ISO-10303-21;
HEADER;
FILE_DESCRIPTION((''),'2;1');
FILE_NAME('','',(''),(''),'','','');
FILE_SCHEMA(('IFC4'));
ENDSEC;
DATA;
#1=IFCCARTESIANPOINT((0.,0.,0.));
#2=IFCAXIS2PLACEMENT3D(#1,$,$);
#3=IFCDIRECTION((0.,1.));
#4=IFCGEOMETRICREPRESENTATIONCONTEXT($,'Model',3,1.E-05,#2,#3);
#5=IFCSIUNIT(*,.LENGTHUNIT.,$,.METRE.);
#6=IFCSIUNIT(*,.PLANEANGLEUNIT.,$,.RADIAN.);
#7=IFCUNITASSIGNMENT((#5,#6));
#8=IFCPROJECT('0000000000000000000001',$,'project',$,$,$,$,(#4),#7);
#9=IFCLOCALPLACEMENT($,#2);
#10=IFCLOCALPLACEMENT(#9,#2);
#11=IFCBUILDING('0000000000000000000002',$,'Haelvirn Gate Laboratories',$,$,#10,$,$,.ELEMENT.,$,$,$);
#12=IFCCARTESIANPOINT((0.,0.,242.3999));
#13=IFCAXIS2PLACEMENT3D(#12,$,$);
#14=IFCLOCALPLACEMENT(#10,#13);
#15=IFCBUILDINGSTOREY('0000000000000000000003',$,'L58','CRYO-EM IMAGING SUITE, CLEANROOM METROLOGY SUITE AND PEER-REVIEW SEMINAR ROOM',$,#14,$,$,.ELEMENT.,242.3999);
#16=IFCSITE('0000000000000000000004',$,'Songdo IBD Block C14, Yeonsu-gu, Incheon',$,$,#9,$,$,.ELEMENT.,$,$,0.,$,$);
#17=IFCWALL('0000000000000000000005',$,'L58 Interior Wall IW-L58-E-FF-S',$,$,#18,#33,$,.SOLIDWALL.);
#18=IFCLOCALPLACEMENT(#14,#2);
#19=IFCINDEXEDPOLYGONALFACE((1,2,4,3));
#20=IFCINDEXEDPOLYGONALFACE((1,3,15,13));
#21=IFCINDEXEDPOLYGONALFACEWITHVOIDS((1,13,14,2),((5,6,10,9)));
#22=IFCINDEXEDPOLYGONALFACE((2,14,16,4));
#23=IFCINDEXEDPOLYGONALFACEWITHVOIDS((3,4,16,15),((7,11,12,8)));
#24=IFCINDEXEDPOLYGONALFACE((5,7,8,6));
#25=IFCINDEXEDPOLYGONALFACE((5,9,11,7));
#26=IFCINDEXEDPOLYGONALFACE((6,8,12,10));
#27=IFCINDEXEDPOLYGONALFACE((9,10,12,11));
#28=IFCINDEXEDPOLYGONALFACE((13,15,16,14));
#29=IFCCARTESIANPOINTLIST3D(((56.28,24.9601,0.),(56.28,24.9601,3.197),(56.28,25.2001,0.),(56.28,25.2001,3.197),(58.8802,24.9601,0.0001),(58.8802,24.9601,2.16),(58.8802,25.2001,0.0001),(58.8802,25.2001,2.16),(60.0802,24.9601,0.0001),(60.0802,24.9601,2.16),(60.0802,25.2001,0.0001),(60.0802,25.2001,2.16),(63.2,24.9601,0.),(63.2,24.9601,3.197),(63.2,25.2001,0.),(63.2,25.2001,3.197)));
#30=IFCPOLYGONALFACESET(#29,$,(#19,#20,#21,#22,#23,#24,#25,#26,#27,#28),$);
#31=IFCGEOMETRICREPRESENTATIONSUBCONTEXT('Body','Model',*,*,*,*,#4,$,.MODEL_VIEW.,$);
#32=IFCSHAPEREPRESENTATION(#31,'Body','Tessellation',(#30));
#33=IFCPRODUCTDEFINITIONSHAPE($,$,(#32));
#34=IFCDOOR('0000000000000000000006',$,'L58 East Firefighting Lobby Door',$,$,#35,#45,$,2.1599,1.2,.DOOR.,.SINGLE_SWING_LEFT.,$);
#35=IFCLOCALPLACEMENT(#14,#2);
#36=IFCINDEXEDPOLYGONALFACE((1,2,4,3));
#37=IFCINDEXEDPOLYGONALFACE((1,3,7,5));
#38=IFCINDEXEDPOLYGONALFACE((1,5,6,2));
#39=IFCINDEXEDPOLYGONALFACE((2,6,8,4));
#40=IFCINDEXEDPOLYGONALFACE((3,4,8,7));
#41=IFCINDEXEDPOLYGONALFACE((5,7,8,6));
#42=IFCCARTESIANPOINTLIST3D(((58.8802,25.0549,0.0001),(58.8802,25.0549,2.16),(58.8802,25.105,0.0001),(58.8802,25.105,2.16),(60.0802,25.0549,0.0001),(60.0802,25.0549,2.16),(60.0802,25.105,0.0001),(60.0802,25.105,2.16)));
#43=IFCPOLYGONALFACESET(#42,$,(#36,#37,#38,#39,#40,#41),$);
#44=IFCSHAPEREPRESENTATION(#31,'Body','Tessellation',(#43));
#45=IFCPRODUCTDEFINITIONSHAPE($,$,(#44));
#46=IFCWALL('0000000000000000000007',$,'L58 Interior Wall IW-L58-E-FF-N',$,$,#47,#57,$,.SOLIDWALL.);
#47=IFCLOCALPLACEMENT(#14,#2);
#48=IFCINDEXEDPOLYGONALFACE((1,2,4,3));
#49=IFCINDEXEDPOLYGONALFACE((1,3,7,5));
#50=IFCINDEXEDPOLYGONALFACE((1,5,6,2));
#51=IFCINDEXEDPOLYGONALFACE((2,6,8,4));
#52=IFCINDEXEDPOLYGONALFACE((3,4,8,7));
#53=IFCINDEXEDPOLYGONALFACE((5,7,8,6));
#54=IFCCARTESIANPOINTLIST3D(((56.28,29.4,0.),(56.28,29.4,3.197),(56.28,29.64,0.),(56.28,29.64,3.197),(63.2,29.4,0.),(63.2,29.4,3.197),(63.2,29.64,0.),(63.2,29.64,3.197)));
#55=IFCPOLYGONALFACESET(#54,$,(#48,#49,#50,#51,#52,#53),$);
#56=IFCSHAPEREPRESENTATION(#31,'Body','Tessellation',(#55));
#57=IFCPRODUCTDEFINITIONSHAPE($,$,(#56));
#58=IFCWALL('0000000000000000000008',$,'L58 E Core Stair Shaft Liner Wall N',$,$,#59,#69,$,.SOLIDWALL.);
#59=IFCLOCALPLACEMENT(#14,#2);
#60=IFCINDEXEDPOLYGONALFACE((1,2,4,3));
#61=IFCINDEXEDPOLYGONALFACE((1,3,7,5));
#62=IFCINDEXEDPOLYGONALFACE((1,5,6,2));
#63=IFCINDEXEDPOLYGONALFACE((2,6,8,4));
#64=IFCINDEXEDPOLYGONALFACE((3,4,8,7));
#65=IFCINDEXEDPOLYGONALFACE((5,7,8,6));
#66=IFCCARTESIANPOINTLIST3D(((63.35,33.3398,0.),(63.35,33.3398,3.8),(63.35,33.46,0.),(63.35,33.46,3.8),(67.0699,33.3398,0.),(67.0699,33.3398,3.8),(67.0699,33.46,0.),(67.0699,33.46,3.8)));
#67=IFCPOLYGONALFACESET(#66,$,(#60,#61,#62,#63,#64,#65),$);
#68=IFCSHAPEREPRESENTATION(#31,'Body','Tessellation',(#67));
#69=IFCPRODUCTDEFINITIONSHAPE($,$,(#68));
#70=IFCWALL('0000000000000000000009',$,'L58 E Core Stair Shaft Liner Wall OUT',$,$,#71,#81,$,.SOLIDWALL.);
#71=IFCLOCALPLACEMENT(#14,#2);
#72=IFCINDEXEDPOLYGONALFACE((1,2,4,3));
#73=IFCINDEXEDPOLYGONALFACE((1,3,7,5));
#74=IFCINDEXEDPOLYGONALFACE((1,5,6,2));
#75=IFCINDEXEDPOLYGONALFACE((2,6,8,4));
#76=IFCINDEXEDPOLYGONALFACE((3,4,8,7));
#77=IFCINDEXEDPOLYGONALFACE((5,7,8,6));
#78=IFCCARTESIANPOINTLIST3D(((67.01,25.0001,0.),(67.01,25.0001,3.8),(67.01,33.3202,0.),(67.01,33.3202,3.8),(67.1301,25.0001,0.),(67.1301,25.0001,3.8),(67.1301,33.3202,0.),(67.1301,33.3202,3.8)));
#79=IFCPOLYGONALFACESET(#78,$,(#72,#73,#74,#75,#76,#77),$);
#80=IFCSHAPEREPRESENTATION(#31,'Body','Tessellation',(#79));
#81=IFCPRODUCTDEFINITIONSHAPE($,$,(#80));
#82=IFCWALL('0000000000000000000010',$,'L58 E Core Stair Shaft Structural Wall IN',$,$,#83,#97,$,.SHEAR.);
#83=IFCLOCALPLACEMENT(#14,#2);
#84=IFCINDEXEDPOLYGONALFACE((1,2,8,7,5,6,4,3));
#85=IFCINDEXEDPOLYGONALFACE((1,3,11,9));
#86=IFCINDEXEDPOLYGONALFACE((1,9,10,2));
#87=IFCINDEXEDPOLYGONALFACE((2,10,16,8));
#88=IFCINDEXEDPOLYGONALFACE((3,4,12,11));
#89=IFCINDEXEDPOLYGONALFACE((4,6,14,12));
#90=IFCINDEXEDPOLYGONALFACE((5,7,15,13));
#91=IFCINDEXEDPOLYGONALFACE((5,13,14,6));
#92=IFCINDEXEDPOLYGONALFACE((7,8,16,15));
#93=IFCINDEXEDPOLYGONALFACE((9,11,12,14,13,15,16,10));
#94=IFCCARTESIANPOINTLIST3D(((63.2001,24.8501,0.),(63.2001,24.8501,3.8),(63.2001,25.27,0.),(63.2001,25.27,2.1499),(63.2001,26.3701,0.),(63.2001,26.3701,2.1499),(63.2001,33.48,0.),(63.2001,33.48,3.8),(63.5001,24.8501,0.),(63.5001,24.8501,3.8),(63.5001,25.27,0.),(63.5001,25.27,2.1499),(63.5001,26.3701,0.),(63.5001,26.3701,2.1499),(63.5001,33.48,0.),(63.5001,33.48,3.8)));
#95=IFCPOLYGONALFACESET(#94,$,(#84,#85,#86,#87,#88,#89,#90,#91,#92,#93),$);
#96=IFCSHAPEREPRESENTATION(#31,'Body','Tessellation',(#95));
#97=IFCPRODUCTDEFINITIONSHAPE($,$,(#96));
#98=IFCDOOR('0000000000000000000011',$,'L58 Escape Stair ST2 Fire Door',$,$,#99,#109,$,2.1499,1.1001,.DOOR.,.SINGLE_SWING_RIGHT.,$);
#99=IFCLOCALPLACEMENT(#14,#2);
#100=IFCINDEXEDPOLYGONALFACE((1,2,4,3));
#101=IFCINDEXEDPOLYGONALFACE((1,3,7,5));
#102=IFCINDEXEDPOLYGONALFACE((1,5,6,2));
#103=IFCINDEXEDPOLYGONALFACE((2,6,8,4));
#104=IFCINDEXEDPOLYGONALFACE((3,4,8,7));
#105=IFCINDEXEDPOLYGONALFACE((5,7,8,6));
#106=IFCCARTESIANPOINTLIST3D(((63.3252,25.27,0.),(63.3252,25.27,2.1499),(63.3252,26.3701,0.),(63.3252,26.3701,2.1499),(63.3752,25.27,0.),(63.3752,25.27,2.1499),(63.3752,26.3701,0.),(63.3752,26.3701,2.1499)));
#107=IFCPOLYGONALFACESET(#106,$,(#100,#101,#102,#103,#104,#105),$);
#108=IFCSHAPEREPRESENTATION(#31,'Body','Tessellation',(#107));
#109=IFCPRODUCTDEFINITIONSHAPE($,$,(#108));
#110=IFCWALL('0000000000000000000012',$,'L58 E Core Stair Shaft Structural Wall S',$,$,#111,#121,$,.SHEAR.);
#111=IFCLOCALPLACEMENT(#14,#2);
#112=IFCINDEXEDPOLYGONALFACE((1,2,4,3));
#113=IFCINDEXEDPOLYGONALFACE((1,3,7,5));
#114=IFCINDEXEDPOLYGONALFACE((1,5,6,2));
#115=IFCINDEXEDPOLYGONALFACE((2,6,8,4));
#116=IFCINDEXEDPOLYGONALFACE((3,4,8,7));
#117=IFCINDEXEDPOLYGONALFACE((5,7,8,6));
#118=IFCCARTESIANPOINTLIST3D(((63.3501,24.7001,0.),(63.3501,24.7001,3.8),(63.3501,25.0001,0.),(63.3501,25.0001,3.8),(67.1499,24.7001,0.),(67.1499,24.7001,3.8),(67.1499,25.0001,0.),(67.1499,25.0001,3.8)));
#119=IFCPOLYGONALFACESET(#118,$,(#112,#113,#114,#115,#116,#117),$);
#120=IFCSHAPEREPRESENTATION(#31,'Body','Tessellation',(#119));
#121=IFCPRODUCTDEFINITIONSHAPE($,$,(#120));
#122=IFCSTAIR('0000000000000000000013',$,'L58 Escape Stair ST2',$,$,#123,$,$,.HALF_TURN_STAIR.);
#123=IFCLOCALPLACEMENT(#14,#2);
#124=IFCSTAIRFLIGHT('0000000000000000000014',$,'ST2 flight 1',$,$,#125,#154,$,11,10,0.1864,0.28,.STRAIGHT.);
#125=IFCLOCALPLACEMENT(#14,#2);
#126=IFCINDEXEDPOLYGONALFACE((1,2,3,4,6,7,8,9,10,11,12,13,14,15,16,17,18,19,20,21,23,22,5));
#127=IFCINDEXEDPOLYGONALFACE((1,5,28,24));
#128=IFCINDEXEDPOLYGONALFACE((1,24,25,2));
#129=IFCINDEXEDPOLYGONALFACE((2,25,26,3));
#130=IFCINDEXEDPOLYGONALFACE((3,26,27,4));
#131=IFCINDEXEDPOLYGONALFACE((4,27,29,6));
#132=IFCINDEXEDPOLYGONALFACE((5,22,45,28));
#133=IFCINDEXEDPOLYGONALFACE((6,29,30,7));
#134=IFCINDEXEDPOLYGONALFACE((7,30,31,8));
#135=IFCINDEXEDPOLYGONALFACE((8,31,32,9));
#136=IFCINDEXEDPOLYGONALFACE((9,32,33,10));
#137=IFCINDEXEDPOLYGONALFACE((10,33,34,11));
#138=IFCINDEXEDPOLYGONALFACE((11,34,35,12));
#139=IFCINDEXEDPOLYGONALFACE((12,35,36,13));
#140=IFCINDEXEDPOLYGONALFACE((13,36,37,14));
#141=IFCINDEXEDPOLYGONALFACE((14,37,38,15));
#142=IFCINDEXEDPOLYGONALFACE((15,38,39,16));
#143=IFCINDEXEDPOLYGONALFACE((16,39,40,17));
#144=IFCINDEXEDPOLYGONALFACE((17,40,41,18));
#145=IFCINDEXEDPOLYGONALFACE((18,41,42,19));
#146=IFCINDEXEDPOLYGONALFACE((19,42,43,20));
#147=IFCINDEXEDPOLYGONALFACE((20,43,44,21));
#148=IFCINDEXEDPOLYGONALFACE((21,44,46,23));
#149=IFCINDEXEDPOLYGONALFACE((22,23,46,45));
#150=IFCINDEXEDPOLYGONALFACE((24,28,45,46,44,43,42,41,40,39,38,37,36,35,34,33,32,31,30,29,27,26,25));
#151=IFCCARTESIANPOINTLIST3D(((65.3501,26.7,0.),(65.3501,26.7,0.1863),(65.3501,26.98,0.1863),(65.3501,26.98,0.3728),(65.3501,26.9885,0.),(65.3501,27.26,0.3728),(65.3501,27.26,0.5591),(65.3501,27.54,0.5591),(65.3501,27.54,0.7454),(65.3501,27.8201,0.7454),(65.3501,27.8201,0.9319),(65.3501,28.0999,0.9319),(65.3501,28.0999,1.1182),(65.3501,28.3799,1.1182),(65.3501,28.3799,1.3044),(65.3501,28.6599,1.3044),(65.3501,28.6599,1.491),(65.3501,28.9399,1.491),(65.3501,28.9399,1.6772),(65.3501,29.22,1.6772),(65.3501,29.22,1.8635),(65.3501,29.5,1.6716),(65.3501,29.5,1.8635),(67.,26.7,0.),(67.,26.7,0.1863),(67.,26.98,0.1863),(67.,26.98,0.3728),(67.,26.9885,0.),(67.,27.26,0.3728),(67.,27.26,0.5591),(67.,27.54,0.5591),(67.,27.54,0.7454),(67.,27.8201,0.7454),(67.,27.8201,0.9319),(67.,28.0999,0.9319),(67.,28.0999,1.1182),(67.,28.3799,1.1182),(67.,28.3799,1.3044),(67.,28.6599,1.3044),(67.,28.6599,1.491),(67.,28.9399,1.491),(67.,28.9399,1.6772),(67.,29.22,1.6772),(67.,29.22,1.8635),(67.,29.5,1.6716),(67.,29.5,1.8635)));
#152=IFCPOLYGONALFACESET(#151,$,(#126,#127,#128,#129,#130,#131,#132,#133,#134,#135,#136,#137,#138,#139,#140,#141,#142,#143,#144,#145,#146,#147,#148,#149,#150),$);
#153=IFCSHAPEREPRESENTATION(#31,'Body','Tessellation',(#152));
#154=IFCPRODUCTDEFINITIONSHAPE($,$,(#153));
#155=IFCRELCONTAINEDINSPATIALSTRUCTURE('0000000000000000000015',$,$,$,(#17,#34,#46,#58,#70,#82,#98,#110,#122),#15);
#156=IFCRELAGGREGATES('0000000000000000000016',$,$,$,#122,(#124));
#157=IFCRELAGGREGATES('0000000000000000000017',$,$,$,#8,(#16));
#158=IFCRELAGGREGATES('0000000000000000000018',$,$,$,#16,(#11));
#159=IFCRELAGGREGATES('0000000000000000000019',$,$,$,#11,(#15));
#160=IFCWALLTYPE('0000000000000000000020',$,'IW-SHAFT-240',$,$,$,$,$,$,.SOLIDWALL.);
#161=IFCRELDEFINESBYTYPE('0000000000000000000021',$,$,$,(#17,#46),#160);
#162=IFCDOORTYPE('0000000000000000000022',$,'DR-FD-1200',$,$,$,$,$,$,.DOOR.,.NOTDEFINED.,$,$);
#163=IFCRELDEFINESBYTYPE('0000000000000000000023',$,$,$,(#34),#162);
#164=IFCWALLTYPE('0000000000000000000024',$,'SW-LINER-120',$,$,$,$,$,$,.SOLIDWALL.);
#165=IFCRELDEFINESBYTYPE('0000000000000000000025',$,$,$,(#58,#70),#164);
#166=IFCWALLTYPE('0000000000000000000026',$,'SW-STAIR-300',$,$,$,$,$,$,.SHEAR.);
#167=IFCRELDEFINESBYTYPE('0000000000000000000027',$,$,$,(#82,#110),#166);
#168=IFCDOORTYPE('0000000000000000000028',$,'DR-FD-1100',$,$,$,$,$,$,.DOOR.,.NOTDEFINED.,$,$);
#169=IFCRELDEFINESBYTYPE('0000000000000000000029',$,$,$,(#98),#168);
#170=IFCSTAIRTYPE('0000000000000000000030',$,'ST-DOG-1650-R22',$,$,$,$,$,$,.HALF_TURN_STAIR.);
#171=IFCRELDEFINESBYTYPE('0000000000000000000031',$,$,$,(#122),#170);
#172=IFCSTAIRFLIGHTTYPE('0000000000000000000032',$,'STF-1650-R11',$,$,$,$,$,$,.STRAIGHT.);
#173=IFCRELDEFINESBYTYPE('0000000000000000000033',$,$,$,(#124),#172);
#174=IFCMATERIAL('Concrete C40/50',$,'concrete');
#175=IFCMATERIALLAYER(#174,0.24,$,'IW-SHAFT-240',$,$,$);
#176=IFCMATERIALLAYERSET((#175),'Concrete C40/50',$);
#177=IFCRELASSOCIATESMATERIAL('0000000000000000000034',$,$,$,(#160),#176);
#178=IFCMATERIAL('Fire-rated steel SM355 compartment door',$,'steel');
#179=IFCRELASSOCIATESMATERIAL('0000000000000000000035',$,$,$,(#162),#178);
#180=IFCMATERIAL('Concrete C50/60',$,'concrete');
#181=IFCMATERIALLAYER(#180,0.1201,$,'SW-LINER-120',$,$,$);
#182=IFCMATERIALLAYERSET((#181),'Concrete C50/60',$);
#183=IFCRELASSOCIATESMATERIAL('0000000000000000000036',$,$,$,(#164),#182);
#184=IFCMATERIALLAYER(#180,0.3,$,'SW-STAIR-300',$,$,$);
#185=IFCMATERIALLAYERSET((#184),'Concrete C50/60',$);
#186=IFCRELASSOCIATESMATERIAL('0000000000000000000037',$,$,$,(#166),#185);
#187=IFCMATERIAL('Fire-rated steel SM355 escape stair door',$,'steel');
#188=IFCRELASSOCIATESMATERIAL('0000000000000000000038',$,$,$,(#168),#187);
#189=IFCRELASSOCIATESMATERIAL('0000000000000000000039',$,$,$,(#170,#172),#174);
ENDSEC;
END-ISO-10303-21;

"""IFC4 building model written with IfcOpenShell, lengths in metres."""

from ifc_helpers import new_model, si_unit, direction, frame, frame_2d, origin, place, context, subcontext, project, spatial, polyline, rectangle, outline, extrude, source, transform, mapped, material, layer, layer_set, type_object, type_shapes, element, fill, aggregate, save


model = new_model("IFC4")

# Units and contexts
model_context = context("Model", 3, precision=1e-05, world=origin(), true_north=direction((0.0, 1.0)))
body_context = subcontext(model_context, "Body", "Model", "MODEL_VIEW")
ifc_project = project(units=[si_unit("LENGTHUNIT", "METRE"), si_unit("PLANEANGLEUNIT", "RADIAN")], contexts=[model_context])

# Site, building, storey
site_placement = place(None, origin())
site = spatial("IfcSite", under=ifc_project, at=site_placement, Name="Songdo IBD Block C14, Yeonsu-gu, Incheon", CompositionType="ELEMENT", RefElevation=0.0)
building_placement = place(site_placement, origin())
building = spatial("IfcBuilding", under=site, at=building_placement, Name="Haelvirn Gate Laboratories", CompositionType="ELEMENT")
storey_placement = place(building_placement, frame((0.0, 0.0, 242.3999)))
storey = spatial("IfcBuildingStorey", under=building, at=storey_placement, Name="L58", Description="CRYO-EM IMAGING SUITE, CLEANROOM METROLOGY SUITE AND PEER-REVIEW SEMINAR ROOM", CompositionType="ELEMENT", Elevation=242.3999)

# Wall, opening, door
ifc_material_1 = material(Name="Concrete C40/50", Category="concrete")
ifc_layer_1 = layer(ifc_material_1, 0.24, Name="IW-SHAFT-240")
ifc_layer_set_1 = layer_set([ifc_layer_1], Name="Concrete C40/50")
wall_type_1 = type_object("IfcWallType", Name="IW-SHAFT-240", PredefinedType="SOLIDWALL", material=ifc_layer_set_1)
wall_1_placement = place(storey_placement, frame((56.28, 25.0801, 0.0), z_axis=(0.0, 0.0, 1.0), x_axis=(1.0, 0.0, 0.0)))
wall_1 = element("IfcWall", 1, at=wall_1_placement, inside=storey, type_object=wall_type_1, Name="L58 Interior Wall IW-L58-E-FF-S", PredefinedType="SOLIDWALL", context=body_context, shape_type="SweptSolid", body=[
    extrude(rectangle(XDim=6.9199, YDim=0.24, at=frame_2d((3.46, 0.0))), origin(), (0.0, 0.0, 1.0), 3.197),
])
opening_1_placement = place(wall_1_placement, frame((2.6001, 0.0, 0.0)))
opening_1 = element("IfcOpeningElement", 2, at=opening_1_placement, cuts=wall_1, PredefinedType="OPENING", context=body_context, shape_type="SweptSolid", body=[
    extrude(rectangle(XDim=1.2, YDim=2.1599, at=frame_2d((0.6001, 1.0801))), frame((0.0, 0.1299, 0.0), z_axis=(0.0, -1.0, 0.0), x_axis=(1.0, 0.0, 0.0)), (0.0, 0.0, 1.0), 0.26),
])
ifc_material_2 = material(Name="Fire-rated steel SM355 compartment door", Category="steel")
door_type_1 = type_object("IfcDoorType", Name="DR-FD-1200", OperationType="NOTDEFINED", PredefinedType="DOOR", material=ifc_material_2)
shared_shape_1 = source(origin(), body_context, "Body", "SweptSolid", [
    extrude(rectangle(XDim=1.2, YDim=2.1599, at=frame_2d((0.6001, 1.0801))), frame((0.0, 0.0249, 0.0), z_axis=(0.0, -1.0, 0.0), x_axis=(1.0, 0.0, 0.0)), (0.0, 0.0, 1.0), 0.05),
])
type_shapes(door_type_1, [shared_shape_1])
door_1_placement = place(opening_1_placement, origin())
door_1 = element("IfcDoor", 3, at=door_1_placement, inside=storey, type_object=door_type_1, Name="L58 East Firefighting Lobby Door", OperationType="SINGLE_SWING_LEFT", OverallHeight=2.1599, OverallWidth=1.2, PredefinedType="DOOR", context=body_context, shape_type="MappedRepresentation", body=[
    mapped(shared_shape_1, transform((0.0, 0.0, 0.0), scale=1.0)),
])
fill(opening_1, door_1)

# Walls
wall_2_placement = place(storey_placement, frame((56.28, 29.52, 0.0), z_axis=(0.0, 0.0, 1.0), x_axis=(1.0, 0.0, 0.0)))
element("IfcWall", 4, at=wall_2_placement, inside=storey, type_object=wall_type_1, Name="L58 Interior Wall IW-L58-E-FF-N", PredefinedType="SOLIDWALL", context=body_context, shape_type="SweptSolid", body=[
    extrude(rectangle(XDim=6.9199, YDim=0.24, at=frame_2d((3.46, 0.0))), origin(), (0.0, 0.0, 1.0), 3.197),
])
ifc_material_3 = material(Name="Concrete C50/60", Category="concrete")
ifc_layer_2 = layer(ifc_material_3, 0.1201, Name="SW-LINER-120")
ifc_layer_set_2 = layer_set([ifc_layer_2], Name="Concrete C50/60")
wall_type_2 = type_object("IfcWallType", Name="SW-LINER-120", PredefinedType="SOLIDWALL", material=ifc_layer_set_2)
wall_3_placement = place(storey_placement, frame((63.3501, 33.3999, 0.0), z_axis=(0.0, 0.0, 1.0), x_axis=(1.0, 0.0, 0.0)))
element("IfcWall", 5, at=wall_3_placement, inside=storey, type_object=wall_type_2, Name="L58 E Core Stair Shaft Liner Wall N", PredefinedType="SOLIDWALL", context=body_context, shape_type="SweptSolid", body=[
    extrude(rectangle(XDim=3.72, YDim=0.1201, at=frame_2d((1.8599, 0.0))), origin(), (0.0, 0.0, 1.0), 3.8),
])
wall_4_placement = place(storey_placement, frame((67.0701, 25.0, 0.0), z_axis=(0.0, 0.0, 1.0), x_axis=(0.0, 1.0, 0.0)))
element("IfcWall", 6, at=wall_4_placement, inside=storey, type_object=wall_type_2, Name="L58 E Core Stair Shaft Liner Wall OUT", PredefinedType="SOLIDWALL", context=body_context, shape_type="SweptSolid", body=[
    extrude(rectangle(XDim=8.3201, YDim=0.1201, at=frame_2d((4.1602, 0.0))), origin(), (0.0, 0.0, 1.0), 3.8),
])

# Wall, opening, door
ifc_layer_3 = layer(ifc_material_3, 0.3, Name="SW-STAIR-300")
ifc_layer_set_3 = layer_set([ifc_layer_3], Name="Concrete C50/60")
wall_type_3 = type_object("IfcWallType", Name="SW-STAIR-300", PredefinedType="SHEAR", material=ifc_layer_set_3)
wall_5_placement = place(storey_placement, frame((63.3501, 24.8501, 0.0), z_axis=(0.0, 0.0, 1.0), x_axis=(0.0, 1.0, 0.0)))
wall_5 = element("IfcWall", 7, at=wall_5_placement, inside=storey, type_object=wall_type_3, Name="L58 E Core Stair Shaft Structural Wall IN", PredefinedType="SHEAR", context=body_context, shape_type="SweptSolid", body=[
    extrude(rectangle(XDim=8.6299, YDim=0.3, at=frame_2d((4.3149, 0.0))), origin(), (0.0, 0.0, 1.0), 3.8),
])
opening_2_placement = place(wall_5_placement, frame((0.4199, 0.0, 0.0)))
opening_2 = element("IfcOpeningElement", 8, at=opening_2_placement, cuts=wall_5, PredefinedType="OPENING", context=body_context, shape_type="SweptSolid", body=[
    extrude(rectangle(XDim=1.1001, YDim=2.1499, at=frame_2d((0.55, 1.075))), frame((0.0, 0.1602, 0.0), z_axis=(0.0, -1.0, 0.0), x_axis=(1.0, 0.0, 0.0)), (0.0, 0.0, 1.0), 0.3201),
])
ifc_material_4 = material(Name="Fire-rated steel SM355 escape stair door", Category="steel")
door_type_2 = type_object("IfcDoorType", Name="DR-FD-1100", OperationType="NOTDEFINED", PredefinedType="DOOR", material=ifc_material_4)
shared_shape_2 = source(origin(), body_context, "Body", "SweptSolid", [
    extrude(rectangle(XDim=1.1001, YDim=2.1499, at=frame_2d((0.55, 1.075))), frame((0.0, 0.0249, 0.0), z_axis=(0.0, -1.0, 0.0), x_axis=(1.0, 0.0, 0.0)), (0.0, 0.0, 1.0), 0.05),
])
type_shapes(door_type_2, [shared_shape_2])
door_2_placement = place(opening_2_placement, origin())
door_2 = element("IfcDoor", 9, at=door_2_placement, inside=storey, type_object=door_type_2, Name="L58 Escape Stair ST2 Fire Door", OperationType="SINGLE_SWING_RIGHT", OverallHeight=2.1499, OverallWidth=1.1001, PredefinedType="DOOR", context=body_context, shape_type="MappedRepresentation", body=[
    mapped(shared_shape_2, transform((0.0, 0.0, 0.0), scale=1.0)),
])
fill(opening_2, door_2)

# Wall
wall_6_placement = place(storey_placement, frame((63.3501, 24.8501, 0.0), z_axis=(0.0, 0.0, 1.0), x_axis=(1.0, 0.0, 0.0)))
element("IfcWall", 10, at=wall_6_placement, inside=storey, type_object=wall_type_3, Name="L58 E Core Stair Shaft Structural Wall S", PredefinedType="SHEAR", context=body_context, shape_type="SweptSolid", body=[
    extrude(rectangle(XDim=3.7998, YDim=0.3, at=frame_2d((1.8999, 0.0))), origin(), (0.0, 0.0, 1.0), 3.8),
])

# Stair, stair flight
stair_type = type_object("IfcStairType", Name="ST-DOG-1650-R22", PredefinedType="HALF_TURN_STAIR", material=ifc_material_1)
stair_placement = place(storey_placement, origin())
stair = element("IfcStair", 11, at=stair_placement, inside=storey, type_object=stair_type, Name="L58 Escape Stair ST2", PredefinedType="HALF_TURN_STAIR")
stair_flight_type = type_object("IfcStairFlightType", Name="STF-1650-R11", PredefinedType="STRAIGHT", material=ifc_material_1)
shared_shape_3 = source(origin(), body_context, "Body", "SweptSolid", [
    extrude(outline(polyline([(0.0, 0.0), (0.0, 0.1863), (0.28, 0.1863), (0.28, 0.3728), (0.5601, 0.3728), (0.5601, 0.5591), (0.8401, 0.5591), (0.8401, 0.7454), (1.1201, 0.7454), (1.1201, 0.9319), (1.3999, 0.9319), (1.3999, 1.1182), (1.6799, 1.1182), (1.6799, 1.3044), (1.96, 1.3044), (1.96, 1.491), (2.24, 1.491), (2.24, 1.6772), (2.52, 1.6772), (2.52, 1.8635), (2.8, 1.8635), (2.8, 2.05), (2.8, 1.6716), (0.2886, 0.0), (0.0, 0.0)])), frame((0.0, 0.825, 0.0), z_axis=(0.0, -1.0, 0.0), x_axis=(1.0, 0.0, 0.0)), (0.0, 0.0, 1.0), 1.6499),
])
type_shapes(stair_flight_type, [shared_shape_3])
stair_flight_1_placement = place(storey_placement, frame((66.175, 26.7, 0.0), z_axis=(0.0, 0.0, 1.0), x_axis=(0.0, 1.0, 0.0)))
stair_flight_1 = element("IfcStairFlight", 12, at=stair_flight_1_placement, type_object=stair_flight_type, Name="ST2 flight 1", NumberOfRisers=11, NumberOfTreads=10, PredefinedType="STRAIGHT", RiserHeight=0.1864, TreadLength=0.28, context=body_context, shape_type="MappedRepresentation", body=[
    mapped(shared_shape_3, transform((0.0, 0.0, 0.0), scale=1.0)),
])
aggregate(stair, [stair_flight_1])

save(model, "model.ifc")
